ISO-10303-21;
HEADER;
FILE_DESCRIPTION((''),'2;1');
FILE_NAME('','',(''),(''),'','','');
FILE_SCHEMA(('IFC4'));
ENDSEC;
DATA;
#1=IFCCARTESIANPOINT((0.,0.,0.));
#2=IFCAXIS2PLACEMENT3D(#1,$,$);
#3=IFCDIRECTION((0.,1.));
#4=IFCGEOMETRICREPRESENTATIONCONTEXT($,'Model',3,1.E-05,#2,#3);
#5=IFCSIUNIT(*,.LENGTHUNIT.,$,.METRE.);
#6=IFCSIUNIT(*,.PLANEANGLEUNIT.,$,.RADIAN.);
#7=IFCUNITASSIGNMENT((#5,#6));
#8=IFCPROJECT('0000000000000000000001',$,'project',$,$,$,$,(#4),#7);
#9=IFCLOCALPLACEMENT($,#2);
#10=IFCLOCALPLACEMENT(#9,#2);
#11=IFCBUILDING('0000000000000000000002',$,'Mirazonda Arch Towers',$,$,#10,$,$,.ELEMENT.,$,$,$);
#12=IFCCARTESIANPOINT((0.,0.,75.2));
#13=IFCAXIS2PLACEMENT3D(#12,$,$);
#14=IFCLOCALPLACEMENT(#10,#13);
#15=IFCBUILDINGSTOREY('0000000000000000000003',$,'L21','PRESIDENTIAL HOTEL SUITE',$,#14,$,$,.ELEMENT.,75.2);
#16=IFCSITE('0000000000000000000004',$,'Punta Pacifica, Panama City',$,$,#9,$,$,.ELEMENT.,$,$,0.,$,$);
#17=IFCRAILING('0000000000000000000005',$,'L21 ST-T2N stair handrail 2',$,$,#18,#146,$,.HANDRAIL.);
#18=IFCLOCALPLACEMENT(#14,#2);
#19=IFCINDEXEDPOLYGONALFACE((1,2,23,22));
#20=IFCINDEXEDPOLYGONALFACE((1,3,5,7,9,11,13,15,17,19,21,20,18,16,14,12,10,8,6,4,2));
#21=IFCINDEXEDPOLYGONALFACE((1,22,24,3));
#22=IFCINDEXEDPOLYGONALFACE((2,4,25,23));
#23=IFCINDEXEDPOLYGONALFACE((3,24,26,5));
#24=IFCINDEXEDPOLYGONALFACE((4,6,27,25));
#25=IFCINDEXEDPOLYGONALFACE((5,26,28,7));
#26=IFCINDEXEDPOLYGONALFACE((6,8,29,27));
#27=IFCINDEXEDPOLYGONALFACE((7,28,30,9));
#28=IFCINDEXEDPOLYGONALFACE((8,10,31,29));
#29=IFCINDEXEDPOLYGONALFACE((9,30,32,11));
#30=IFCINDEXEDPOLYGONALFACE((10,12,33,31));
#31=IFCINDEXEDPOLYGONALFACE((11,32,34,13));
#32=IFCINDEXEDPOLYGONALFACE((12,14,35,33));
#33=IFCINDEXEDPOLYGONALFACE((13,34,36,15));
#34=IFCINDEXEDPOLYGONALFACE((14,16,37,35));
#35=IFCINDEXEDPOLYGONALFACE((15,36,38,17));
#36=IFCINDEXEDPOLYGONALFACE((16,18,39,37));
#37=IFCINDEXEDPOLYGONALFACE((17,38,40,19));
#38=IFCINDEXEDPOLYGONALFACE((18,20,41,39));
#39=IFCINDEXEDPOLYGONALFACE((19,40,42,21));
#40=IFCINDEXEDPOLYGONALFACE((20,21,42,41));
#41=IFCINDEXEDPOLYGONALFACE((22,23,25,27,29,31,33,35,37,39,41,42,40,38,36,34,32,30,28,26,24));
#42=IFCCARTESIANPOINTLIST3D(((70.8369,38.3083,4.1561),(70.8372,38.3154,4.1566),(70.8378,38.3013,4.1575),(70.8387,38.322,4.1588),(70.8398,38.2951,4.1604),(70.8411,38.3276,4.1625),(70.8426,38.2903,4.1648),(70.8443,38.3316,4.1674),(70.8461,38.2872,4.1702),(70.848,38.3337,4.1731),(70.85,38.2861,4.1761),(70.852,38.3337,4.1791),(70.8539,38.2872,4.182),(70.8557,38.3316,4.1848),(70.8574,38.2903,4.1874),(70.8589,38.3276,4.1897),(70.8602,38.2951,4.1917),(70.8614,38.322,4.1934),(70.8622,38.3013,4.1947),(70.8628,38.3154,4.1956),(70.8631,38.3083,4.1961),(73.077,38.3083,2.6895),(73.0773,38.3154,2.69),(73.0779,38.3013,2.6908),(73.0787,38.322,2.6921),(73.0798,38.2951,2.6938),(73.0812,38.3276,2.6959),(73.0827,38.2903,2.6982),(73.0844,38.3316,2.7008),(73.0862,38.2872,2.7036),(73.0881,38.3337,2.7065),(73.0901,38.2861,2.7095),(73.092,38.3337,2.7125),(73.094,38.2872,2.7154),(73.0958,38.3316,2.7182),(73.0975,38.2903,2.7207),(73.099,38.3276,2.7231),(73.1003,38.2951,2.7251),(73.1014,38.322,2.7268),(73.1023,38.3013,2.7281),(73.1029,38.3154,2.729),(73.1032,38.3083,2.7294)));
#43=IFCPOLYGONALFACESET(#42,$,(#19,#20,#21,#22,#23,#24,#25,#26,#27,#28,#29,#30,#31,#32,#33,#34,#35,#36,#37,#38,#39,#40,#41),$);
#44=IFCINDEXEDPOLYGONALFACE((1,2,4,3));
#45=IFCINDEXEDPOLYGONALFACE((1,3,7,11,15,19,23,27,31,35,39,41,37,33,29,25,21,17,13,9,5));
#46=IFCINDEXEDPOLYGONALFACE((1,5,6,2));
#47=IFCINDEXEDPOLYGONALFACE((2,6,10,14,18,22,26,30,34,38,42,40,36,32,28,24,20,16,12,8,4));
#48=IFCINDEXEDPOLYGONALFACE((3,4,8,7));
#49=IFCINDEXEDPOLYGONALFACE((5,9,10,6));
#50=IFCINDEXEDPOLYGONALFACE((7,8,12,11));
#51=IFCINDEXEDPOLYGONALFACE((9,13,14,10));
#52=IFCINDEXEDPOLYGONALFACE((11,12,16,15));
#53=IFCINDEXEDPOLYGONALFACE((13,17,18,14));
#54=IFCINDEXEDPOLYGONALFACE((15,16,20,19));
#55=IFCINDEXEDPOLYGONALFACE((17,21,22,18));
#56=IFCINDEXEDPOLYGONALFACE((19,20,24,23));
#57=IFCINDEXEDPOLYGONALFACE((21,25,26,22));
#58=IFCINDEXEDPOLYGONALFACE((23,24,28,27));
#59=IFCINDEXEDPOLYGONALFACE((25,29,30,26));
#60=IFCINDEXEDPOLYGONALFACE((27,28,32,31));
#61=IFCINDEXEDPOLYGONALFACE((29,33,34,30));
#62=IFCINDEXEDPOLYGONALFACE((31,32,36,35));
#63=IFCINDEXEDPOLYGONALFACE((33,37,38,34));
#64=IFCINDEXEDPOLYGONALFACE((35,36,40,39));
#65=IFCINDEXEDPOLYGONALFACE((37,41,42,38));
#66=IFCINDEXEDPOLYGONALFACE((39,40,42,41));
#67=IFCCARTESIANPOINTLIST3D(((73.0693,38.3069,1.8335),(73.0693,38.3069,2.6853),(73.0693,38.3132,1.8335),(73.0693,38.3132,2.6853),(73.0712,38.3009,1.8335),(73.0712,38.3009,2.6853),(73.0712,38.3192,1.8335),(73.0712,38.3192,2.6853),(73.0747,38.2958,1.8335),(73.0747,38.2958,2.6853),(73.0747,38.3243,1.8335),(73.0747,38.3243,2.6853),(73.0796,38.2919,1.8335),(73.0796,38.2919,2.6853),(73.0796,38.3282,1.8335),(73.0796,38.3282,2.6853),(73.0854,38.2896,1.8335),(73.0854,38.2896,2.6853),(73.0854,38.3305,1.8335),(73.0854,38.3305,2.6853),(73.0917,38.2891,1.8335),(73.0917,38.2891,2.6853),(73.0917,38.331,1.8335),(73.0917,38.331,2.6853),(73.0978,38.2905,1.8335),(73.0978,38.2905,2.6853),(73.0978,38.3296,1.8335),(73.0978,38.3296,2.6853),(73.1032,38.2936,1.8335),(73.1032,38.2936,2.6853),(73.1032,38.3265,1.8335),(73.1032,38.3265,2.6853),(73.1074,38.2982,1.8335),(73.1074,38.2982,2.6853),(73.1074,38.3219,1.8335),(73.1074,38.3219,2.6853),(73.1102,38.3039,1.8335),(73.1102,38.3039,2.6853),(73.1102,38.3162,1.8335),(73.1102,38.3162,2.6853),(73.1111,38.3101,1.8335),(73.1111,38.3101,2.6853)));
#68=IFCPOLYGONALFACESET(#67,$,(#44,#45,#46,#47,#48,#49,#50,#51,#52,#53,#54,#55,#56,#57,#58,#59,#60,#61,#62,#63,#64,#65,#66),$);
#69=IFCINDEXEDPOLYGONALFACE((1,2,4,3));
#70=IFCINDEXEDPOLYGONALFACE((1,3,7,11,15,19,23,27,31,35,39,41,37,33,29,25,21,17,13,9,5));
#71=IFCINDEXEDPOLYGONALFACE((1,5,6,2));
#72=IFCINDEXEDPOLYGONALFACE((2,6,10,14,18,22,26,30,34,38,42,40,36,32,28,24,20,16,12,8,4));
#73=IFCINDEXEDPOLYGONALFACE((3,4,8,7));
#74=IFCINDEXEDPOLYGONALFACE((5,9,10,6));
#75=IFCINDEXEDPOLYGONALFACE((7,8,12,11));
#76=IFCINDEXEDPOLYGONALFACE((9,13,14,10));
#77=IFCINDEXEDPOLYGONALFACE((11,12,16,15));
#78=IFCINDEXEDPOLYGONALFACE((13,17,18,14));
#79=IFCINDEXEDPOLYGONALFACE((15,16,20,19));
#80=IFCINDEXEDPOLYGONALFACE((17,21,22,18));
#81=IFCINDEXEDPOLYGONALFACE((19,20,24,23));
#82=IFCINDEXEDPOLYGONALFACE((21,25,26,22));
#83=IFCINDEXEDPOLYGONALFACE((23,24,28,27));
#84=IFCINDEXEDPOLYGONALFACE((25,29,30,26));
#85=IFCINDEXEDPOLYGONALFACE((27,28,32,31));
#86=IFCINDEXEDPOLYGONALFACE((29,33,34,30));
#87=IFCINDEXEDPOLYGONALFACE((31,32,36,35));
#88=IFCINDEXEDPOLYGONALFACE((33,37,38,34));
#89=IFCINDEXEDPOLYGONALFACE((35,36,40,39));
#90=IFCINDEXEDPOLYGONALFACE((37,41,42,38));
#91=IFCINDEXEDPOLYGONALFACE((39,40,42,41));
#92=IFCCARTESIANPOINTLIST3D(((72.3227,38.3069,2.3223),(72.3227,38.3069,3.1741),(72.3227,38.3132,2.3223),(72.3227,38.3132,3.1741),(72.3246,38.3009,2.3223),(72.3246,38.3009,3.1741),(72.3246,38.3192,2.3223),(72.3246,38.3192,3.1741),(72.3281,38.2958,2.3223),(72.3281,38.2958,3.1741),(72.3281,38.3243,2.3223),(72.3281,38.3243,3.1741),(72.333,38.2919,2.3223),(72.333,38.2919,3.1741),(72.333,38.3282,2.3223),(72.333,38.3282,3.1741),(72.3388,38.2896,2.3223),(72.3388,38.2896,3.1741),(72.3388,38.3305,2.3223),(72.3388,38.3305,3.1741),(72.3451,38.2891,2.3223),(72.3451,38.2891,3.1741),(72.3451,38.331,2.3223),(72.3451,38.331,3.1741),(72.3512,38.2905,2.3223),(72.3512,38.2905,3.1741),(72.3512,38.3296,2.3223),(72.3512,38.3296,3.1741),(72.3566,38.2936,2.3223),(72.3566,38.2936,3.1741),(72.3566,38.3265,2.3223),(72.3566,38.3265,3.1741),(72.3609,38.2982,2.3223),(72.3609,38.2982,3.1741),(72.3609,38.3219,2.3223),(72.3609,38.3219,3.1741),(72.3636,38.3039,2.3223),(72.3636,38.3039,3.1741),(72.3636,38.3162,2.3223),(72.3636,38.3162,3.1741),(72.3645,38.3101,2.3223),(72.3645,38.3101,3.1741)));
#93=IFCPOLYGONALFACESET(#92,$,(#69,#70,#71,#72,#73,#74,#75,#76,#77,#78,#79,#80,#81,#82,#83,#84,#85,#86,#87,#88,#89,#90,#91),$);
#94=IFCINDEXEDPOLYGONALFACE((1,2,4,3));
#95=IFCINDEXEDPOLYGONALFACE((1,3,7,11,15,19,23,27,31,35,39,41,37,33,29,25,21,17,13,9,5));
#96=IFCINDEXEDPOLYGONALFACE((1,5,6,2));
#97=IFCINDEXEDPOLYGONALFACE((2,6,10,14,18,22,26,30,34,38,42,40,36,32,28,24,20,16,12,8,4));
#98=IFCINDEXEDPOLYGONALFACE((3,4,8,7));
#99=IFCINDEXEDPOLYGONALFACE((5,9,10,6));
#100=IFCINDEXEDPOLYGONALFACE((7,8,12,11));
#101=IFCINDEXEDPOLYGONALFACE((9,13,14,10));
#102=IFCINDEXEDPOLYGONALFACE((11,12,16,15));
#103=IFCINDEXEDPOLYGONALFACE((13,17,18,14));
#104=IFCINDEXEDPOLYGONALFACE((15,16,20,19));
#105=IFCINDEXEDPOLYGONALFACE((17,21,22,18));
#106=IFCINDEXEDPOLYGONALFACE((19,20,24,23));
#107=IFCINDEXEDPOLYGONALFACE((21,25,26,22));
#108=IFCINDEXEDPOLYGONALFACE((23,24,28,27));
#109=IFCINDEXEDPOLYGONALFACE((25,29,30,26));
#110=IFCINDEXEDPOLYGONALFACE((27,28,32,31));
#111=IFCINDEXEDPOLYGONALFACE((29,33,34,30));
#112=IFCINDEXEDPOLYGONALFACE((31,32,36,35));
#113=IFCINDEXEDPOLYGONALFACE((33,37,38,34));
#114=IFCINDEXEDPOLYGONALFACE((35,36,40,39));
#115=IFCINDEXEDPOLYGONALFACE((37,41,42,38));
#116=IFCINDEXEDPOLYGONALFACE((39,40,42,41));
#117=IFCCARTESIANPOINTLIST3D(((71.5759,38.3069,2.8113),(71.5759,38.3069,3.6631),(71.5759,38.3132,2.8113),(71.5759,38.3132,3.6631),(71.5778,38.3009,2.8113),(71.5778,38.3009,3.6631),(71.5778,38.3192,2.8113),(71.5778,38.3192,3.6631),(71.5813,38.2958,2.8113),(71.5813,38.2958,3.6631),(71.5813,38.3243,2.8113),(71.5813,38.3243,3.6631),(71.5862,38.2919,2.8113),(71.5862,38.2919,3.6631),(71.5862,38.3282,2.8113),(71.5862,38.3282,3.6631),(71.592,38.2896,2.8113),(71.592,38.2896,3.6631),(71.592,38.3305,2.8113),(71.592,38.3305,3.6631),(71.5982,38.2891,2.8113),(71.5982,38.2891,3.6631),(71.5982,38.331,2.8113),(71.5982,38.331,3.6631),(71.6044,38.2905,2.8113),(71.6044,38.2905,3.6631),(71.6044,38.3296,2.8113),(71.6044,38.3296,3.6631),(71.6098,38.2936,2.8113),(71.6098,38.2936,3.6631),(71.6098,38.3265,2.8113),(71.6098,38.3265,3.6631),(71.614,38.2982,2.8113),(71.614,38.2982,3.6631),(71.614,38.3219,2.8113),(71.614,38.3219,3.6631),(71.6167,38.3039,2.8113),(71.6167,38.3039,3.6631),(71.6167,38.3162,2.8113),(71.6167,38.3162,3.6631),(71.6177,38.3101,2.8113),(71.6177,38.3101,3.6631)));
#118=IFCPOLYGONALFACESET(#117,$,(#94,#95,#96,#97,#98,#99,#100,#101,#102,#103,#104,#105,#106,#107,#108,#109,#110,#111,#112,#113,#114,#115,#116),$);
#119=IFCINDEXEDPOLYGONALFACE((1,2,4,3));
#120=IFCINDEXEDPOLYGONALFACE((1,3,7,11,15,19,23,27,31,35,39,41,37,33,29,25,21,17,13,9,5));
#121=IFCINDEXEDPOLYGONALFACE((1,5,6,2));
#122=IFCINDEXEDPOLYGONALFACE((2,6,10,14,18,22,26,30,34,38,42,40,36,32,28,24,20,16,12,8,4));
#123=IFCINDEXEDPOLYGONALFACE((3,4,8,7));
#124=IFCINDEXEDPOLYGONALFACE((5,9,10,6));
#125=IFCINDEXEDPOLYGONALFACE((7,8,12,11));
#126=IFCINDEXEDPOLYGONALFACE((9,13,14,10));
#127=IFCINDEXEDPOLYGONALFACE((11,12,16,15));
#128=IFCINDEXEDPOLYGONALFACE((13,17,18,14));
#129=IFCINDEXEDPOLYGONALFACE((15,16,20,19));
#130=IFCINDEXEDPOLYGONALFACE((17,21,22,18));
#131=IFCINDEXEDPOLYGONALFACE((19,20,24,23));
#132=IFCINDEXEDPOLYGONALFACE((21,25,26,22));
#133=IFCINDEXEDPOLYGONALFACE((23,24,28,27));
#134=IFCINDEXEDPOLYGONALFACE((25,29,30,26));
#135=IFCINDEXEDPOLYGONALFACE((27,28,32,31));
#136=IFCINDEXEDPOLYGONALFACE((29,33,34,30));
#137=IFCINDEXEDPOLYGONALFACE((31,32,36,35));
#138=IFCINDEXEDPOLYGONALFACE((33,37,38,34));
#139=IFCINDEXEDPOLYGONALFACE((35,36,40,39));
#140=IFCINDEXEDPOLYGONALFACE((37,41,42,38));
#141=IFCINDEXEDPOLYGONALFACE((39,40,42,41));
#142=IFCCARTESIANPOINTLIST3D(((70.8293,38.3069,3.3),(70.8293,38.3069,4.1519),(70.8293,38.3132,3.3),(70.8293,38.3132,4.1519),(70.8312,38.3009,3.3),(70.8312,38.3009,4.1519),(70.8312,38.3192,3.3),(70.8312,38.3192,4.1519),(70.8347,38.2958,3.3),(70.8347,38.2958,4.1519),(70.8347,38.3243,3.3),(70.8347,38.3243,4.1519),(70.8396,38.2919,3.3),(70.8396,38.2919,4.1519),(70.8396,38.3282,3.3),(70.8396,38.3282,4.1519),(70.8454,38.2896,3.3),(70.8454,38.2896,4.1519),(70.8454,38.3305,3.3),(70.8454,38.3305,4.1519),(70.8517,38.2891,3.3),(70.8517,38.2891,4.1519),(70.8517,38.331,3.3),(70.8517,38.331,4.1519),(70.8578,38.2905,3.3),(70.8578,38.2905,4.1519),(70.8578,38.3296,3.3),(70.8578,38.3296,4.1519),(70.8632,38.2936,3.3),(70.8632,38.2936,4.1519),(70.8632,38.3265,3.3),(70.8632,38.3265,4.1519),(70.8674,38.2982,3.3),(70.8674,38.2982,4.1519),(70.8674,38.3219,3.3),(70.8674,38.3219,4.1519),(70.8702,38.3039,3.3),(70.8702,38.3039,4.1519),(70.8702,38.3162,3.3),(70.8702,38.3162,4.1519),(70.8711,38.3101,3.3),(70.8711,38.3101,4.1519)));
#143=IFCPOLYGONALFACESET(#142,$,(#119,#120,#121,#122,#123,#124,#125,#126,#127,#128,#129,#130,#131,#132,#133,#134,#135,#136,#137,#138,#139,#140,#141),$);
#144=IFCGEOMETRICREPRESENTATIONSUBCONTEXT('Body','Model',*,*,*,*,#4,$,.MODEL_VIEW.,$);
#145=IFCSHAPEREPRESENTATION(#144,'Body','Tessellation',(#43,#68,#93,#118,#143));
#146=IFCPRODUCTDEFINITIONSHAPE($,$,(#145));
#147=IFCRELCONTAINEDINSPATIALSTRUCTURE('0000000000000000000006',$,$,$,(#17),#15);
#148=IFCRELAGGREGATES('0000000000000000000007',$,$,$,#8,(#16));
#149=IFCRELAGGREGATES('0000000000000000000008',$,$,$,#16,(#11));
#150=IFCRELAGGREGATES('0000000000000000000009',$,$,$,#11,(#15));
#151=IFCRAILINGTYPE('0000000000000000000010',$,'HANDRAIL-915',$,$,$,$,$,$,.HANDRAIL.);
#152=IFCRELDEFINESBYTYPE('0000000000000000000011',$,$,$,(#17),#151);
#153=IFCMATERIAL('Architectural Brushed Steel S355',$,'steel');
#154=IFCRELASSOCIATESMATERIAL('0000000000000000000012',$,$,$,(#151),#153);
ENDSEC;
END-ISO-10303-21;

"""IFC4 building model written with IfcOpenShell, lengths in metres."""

from ifc_helpers import new_model, si_unit, direction, frame, origin, origin_2d, place, context, subcontext, project, spatial, circle, extrude, material, type_object, element, save


model = new_model("IFC4")

# Units and contexts
model_context = context("Model", 3, precision=1e-05, world=origin(), true_north=direction((0.0, 1.0)))
body_context = subcontext(model_context, "Body", "Model", "MODEL_VIEW")
ifc_project = project(units=[si_unit("LENGTHUNIT", "METRE"), si_unit("PLANEANGLEUNIT", "RADIAN")], contexts=[model_context])

# Site, building, storey
site_placement = place(None, origin())
site = spatial("IfcSite", under=ifc_project, at=site_placement, Name="Punta Pacifica, Panama City", CompositionType="ELEMENT", RefElevation=0.0)
building_placement = place(site_placement, origin())
building = spatial("IfcBuilding", under=site, at=building_placement, Name="Mirazonda Arch Towers", CompositionType="ELEMENT")
storey_placement = place(building_placement, frame((0.0, 0.0, 75.2)))
storey = spatial("IfcBuildingStorey", under=building, at=storey_placement, Name="L21", Description="PRESIDENTIAL HOTEL SUITE", CompositionType="ELEMENT", Elevation=75.2)

# Railing
ifc_material_1 = material(Name="Architectural Brushed Steel S355", Category="steel")
railing_type_1 = type_object("IfcRailingType", Name="HANDRAIL-915", PredefinedType="HANDRAIL", material=ifc_material_1)
railing_1_placement = place(storey_placement, frame((73.0901, 38.3101, 1.8335)))
element("IfcRailing", 1, at=railing_1_placement, inside=storey, type_object=railing_type_1, Name="L21 ST-T2N stair handrail 2", PredefinedType="HANDRAIL", context=body_context, shape_type="SweptSolid", body=[
    extrude(circle(Radius=0.0239, at=origin_2d()), frame((0.0, 0.0, 0.876), z_axis=(-0.836637, 0.0, 0.547758), x_axis=(0.0, -1.0, 0.0)), (0.0, 0.0, 1.0), 2.6775),
    extrude(circle(Radius=0.021, at=origin_2d()), origin(), (0.0, 0.0, 1.0), 0.8518),
    extrude(circle(Radius=0.021, at=origin_2d()), frame((-0.7466, 0.0, 0.4888)), (0.0, 0.0, 1.0), 0.8518),
    extrude(circle(Radius=0.021, at=origin_2d()), frame((-1.4934, 0.0, 0.9778)), (0.0, 0.0, 1.0), 0.8518),
    extrude(circle(Radius=0.021, at=origin_2d()), frame((-2.24, 0.0, 1.4666)), (0.0, 0.0, 1.0), 0.8518),
])

save(model, "model.ifc")
